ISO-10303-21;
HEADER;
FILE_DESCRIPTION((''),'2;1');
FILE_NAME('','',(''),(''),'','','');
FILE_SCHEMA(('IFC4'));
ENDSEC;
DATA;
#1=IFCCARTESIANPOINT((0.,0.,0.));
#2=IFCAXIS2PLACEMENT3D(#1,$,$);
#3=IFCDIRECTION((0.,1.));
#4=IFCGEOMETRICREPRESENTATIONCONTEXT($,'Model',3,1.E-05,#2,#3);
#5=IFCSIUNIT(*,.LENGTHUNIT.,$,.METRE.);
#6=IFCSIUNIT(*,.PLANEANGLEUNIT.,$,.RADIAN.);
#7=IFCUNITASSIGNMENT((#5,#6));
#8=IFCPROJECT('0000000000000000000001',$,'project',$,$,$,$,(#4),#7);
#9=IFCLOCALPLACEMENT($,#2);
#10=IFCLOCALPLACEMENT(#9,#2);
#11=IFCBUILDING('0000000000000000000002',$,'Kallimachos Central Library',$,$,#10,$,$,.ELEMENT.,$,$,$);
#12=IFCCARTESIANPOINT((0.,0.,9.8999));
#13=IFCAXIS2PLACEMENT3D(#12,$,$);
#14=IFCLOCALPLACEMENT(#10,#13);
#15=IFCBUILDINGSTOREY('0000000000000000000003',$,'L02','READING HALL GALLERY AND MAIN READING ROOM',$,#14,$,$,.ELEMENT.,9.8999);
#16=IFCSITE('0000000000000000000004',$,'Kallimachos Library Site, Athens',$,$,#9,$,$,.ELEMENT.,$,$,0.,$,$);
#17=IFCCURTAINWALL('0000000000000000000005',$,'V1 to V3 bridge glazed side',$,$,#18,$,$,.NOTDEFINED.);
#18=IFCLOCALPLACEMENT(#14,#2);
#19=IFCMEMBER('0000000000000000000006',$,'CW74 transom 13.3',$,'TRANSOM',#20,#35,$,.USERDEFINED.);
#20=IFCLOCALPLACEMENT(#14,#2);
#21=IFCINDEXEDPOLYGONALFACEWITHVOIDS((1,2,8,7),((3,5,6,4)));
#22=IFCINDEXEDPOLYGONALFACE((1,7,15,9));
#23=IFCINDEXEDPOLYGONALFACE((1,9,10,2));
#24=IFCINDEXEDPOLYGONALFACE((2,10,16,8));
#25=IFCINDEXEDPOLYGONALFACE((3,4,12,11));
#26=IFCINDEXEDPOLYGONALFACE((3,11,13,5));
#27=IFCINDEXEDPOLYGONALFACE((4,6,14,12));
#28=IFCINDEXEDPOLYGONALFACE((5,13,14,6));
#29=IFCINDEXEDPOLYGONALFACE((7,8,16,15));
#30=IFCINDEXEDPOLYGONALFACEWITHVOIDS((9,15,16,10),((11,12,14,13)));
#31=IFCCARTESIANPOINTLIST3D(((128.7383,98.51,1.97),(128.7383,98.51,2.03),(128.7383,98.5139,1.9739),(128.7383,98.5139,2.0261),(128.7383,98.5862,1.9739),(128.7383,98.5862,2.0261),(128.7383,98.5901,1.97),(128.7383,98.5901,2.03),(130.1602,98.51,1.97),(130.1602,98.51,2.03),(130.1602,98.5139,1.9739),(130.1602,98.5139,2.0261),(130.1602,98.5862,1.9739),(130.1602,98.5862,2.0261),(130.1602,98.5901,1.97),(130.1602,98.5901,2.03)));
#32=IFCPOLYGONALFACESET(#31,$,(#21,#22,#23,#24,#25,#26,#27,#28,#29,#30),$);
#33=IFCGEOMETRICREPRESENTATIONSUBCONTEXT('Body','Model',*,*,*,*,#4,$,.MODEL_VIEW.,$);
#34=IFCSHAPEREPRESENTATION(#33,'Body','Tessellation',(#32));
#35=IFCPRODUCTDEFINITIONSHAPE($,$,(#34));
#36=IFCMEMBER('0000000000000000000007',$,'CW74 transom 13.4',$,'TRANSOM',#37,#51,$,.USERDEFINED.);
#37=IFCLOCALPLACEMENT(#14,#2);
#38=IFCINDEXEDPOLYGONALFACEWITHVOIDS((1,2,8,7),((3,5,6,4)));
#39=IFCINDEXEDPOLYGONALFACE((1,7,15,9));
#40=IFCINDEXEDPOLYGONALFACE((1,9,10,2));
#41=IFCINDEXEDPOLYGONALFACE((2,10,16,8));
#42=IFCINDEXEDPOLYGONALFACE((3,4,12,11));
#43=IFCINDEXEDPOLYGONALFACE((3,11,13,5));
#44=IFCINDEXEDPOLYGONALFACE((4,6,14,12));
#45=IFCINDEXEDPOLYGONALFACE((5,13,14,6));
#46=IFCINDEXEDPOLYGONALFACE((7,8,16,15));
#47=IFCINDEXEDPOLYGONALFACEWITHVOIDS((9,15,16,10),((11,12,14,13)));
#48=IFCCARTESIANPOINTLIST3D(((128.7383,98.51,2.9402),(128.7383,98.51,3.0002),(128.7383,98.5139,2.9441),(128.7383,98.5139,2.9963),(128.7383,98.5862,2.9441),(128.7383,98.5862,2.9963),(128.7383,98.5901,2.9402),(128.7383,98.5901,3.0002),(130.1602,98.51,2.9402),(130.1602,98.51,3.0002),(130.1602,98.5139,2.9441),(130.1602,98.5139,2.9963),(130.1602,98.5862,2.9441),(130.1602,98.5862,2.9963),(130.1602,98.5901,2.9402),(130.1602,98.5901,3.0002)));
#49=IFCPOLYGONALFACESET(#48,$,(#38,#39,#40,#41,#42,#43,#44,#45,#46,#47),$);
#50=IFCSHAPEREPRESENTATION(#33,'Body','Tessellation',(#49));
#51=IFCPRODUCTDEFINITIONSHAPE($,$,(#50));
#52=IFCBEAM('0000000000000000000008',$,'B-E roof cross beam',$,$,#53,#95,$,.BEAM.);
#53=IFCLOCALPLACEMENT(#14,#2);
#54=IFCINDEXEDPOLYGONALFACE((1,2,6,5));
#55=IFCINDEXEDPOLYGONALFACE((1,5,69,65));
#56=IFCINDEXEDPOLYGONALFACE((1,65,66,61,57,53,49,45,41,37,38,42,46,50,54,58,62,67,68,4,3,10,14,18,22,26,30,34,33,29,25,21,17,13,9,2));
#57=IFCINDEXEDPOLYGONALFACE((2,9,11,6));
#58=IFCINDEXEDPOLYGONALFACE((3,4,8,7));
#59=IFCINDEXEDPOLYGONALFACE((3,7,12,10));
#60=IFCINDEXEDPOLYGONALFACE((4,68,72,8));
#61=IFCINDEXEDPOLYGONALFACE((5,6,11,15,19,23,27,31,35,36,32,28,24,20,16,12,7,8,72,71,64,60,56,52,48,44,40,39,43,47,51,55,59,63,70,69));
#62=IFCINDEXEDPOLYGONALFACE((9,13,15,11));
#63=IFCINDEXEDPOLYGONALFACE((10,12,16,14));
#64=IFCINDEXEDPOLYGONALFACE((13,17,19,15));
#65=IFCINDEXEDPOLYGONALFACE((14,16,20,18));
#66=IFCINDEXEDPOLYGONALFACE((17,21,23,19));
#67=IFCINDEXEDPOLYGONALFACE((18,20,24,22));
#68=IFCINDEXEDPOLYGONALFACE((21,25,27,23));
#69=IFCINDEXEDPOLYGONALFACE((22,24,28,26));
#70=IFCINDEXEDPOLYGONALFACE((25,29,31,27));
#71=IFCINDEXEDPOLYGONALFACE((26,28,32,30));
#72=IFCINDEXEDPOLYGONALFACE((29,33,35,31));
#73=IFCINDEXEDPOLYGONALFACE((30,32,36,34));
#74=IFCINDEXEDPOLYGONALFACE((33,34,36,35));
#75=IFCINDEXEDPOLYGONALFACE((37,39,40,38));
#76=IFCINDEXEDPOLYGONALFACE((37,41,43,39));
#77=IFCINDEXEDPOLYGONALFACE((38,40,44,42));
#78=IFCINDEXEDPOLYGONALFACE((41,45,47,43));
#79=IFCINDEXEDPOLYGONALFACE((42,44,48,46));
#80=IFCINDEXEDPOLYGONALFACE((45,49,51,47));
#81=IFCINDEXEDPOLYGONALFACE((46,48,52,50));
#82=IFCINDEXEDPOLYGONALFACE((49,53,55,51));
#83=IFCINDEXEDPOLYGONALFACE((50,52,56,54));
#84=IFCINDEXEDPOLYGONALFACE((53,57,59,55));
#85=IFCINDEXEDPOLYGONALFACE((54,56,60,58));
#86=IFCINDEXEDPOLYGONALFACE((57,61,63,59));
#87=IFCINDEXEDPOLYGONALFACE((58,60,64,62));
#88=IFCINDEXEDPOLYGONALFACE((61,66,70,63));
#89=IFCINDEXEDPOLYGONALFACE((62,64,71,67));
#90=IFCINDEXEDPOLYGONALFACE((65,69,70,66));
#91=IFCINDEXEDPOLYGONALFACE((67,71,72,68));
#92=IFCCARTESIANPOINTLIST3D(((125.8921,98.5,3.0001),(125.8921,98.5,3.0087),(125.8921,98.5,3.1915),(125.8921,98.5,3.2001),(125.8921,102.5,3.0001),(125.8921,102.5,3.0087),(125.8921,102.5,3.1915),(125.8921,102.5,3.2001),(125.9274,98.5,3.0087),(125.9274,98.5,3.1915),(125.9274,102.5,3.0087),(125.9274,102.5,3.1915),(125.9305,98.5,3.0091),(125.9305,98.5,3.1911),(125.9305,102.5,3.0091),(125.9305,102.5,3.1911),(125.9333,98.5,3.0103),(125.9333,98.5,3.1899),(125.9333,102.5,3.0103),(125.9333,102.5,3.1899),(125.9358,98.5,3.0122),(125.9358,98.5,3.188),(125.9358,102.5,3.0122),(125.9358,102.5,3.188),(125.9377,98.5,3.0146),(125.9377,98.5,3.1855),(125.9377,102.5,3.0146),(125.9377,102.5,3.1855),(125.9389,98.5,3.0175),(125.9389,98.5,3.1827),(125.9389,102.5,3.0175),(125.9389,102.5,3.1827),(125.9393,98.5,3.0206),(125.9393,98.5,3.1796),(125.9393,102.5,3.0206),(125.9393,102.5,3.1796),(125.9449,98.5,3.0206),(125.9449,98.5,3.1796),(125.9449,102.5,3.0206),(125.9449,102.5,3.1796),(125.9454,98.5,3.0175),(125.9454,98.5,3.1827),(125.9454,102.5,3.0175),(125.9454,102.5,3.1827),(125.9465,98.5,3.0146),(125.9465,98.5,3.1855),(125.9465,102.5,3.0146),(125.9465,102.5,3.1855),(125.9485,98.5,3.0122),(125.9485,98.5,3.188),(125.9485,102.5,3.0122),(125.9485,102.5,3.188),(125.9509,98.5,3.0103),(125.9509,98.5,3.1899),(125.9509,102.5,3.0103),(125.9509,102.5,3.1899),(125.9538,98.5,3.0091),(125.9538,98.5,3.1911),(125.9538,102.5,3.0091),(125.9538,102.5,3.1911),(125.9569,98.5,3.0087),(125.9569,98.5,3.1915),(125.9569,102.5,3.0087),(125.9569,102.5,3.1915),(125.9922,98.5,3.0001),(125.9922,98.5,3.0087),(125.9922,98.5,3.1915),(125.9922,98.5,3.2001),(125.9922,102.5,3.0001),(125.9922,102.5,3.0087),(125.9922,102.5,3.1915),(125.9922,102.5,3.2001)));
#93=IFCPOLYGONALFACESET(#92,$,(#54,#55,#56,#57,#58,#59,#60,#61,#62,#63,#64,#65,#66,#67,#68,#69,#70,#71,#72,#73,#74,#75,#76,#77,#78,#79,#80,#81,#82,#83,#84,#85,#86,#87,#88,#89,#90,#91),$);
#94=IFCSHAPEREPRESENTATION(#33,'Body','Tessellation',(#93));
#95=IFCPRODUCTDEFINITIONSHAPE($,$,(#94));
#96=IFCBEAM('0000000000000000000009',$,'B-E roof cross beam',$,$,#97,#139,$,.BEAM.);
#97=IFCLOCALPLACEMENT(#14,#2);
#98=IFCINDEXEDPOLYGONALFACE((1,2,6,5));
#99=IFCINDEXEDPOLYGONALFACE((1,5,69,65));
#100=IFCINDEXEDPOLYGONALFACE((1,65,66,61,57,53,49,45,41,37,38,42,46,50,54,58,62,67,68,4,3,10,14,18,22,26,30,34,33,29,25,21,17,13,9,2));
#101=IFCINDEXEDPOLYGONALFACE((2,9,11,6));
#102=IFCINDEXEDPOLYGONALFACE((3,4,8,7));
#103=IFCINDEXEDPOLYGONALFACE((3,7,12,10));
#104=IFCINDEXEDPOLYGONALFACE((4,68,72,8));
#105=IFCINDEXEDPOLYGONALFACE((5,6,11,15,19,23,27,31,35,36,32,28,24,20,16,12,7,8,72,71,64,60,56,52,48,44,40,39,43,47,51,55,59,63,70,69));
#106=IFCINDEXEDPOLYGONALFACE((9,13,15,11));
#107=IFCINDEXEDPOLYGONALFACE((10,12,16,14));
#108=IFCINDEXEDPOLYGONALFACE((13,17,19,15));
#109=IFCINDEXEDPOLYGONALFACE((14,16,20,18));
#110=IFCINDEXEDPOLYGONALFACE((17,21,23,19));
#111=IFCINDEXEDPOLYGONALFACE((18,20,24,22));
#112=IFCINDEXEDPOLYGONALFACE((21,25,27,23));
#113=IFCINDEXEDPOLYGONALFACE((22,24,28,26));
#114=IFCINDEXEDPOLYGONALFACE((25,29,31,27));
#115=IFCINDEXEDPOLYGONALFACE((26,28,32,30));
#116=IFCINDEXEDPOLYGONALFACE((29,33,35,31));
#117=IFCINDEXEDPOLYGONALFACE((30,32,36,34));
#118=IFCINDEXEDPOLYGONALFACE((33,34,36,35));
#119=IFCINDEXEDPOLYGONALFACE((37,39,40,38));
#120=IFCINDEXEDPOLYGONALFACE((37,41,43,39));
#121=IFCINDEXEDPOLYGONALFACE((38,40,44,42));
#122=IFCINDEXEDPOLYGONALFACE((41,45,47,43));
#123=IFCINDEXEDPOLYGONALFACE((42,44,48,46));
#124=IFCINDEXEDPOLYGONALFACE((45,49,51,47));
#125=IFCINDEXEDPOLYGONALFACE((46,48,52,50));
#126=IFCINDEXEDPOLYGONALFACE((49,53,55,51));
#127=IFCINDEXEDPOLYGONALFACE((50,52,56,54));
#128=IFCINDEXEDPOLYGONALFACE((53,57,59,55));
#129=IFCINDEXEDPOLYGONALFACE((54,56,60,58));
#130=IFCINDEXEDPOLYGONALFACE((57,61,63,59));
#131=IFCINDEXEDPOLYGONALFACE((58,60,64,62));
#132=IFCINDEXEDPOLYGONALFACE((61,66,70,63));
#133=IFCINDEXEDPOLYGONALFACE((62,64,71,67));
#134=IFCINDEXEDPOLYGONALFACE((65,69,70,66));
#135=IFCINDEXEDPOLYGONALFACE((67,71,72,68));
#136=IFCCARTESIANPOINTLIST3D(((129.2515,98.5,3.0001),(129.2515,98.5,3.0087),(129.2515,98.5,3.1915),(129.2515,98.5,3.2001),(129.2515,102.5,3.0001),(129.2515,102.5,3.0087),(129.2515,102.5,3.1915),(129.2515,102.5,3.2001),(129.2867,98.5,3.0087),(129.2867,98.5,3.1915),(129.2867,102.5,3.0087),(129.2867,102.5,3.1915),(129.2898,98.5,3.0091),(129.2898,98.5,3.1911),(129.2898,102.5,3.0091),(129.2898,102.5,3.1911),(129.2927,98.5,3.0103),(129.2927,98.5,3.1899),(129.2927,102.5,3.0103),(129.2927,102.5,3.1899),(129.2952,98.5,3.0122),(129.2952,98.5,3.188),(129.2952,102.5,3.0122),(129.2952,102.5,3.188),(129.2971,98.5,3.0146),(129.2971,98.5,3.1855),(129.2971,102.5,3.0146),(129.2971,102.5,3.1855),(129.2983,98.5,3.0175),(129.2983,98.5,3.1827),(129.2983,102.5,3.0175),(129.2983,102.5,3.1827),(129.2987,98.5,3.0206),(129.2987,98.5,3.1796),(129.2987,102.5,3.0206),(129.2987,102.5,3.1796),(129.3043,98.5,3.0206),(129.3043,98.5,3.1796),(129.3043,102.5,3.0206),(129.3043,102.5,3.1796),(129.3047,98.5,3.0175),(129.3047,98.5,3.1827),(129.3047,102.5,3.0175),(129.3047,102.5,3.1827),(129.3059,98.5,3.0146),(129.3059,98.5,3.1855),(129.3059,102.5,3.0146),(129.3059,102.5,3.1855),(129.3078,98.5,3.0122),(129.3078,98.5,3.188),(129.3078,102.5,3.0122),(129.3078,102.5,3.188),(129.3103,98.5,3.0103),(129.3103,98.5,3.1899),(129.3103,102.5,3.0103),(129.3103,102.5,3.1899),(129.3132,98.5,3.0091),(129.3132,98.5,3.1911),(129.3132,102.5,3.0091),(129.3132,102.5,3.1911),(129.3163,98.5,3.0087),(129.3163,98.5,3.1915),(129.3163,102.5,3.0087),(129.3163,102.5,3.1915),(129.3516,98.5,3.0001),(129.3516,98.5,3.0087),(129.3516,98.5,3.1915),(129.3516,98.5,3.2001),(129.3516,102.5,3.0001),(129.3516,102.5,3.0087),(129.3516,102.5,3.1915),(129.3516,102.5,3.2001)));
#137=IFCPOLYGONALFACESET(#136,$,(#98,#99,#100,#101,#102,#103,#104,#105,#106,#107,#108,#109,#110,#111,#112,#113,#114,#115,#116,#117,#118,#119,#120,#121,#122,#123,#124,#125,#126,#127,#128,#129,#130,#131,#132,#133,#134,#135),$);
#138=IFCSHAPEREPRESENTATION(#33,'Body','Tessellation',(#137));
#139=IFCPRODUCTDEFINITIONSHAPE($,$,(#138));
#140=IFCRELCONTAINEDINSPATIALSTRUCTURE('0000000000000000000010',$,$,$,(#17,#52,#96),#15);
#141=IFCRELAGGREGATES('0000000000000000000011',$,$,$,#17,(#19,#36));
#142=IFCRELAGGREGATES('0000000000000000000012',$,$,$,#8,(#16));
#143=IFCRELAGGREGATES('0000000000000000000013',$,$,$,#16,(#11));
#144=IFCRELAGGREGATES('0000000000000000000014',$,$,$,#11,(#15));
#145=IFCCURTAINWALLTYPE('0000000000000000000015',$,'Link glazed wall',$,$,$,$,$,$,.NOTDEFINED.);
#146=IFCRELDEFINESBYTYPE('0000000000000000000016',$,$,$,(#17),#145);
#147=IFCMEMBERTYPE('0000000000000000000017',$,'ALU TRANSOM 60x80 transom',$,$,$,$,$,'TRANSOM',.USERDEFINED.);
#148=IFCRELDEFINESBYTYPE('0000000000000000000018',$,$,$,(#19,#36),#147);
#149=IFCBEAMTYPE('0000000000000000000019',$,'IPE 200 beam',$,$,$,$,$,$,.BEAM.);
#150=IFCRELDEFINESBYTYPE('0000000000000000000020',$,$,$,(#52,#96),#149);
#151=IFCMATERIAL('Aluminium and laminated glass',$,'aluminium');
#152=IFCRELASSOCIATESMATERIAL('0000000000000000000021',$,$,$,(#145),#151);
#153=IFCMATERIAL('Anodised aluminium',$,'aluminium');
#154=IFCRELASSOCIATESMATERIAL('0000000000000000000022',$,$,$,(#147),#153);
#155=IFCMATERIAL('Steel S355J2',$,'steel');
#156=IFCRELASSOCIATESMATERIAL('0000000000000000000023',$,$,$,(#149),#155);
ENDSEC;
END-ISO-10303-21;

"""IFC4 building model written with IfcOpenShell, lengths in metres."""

from ifc_helpers import new_model, si_unit, direction, frame, origin, origin_2d, place, context, subcontext, project, spatial, hollow_rectangle, i_section, extrude, material, material_profile, profile_set, type_object, element, aggregate, save


model = new_model("IFC4")

# Units and contexts
model_context = context("Model", 3, precision=1e-05, world=origin(), true_north=direction((0.0, 1.0)))
body_context = subcontext(model_context, "Body", "Model", "MODEL_VIEW")
ifc_project = project(units=[si_unit("LENGTHUNIT", "METRE"), si_unit("PLANEANGLEUNIT", "RADIAN")], contexts=[model_context])

# Site, building, storey
site_placement = place(None, origin())
site = spatial("IfcSite", under=ifc_project, at=site_placement, Name="Kallimachos Library Site, Athens", CompositionType="ELEMENT", RefElevation=0.0)
building_placement = place(site_placement, origin())
building = spatial("IfcBuilding", under=site, at=building_placement, Name="Kallimachos Central Library", CompositionType="ELEMENT")
storey_placement = place(building_placement, frame((0.0, 0.0, 9.8999)))
storey = spatial("IfcBuildingStorey", under=building, at=storey_placement, Name="L02", Description="READING HALL GALLERY AND MAIN READING ROOM", CompositionType="ELEMENT", Elevation=9.8999)

# Curtain wall, members
ifc_material_1 = material(Name="Aluminium and laminated glass", Category="aluminium")
curtain_wall_type = type_object("IfcCurtainWallType", Name="Link glazed wall", PredefinedType="NOTDEFINED", material=ifc_material_1)
curtain_wall_placement = place(storey_placement, origin())
curtain_wall = element("IfcCurtainWall", 1, at=curtain_wall_placement, inside=storey, type_object=curtain_wall_type, Name="V1 to V3 bridge glazed side", PredefinedType="NOTDEFINED")
ifc_material_2 = material(Name="Anodised aluminium", Category="aluminium")
ifc_material_profile_1 = material_profile(ifc_material_2, hollow_rectangle(XDim=0.0601, YDim=0.0801, WallThickness=0.0039, at=origin_2d()), Name="ALU TRANSOM 60x80")
ifc_profile_set_1 = profile_set([ifc_material_profile_1], Name="Anodised aluminium")
member_type_1 = type_object("IfcMemberType", Name="ALU TRANSOM 60x80 transom", ElementType="TRANSOM", PredefinedType="USERDEFINED", material=ifc_profile_set_1)
member_1_placement = place(storey_placement, frame((128.7383, 98.55, 2.0), z_axis=(1.0, 0.0, 0.0), x_axis=(0.0, 0.0, 1.0)))
member_1 = element("IfcMember", 2, at=member_1_placement, type_object=member_type_1, Name="CW74 transom 13.3", ObjectType="TRANSOM", PredefinedType="USERDEFINED", context=body_context, shape_type="SweptSolid", body=[
    extrude(hollow_rectangle(XDim=0.0601, YDim=0.0801, WallThickness=0.0039, at=origin_2d()), origin(), (0.0, 0.0, 1.0), 1.4219),
])
member_2_placement = place(storey_placement, frame((128.7383, 98.55, 2.9702), z_axis=(1.0, 0.0, 0.0), x_axis=(0.0, 0.0, 1.0)))
member_2 = element("IfcMember", 3, at=member_2_placement, type_object=member_type_1, Name="CW74 transom 13.4", ObjectType="TRANSOM", PredefinedType="USERDEFINED", context=body_context, shape_type="SweptSolid", body=[
    extrude(hollow_rectangle(XDim=0.0601, YDim=0.0801, WallThickness=0.0039, at=origin_2d()), origin(), (0.0, 0.0, 1.0), 1.4219),
])

# Beams
ifc_material_3 = material(Name="Steel S355J2", Category="steel")
ifc_material_profile_2 = material_profile(ifc_material_3, i_section(OverallWidth=0.1001, OverallDepth=0.2, WebThickness=0.0056, FlangeThickness=0.0085, FilletRadius=0.012, at=origin_2d()), Name="IPE 200")
ifc_profile_set_2 = profile_set([ifc_material_profile_2], Name="Steel S355J2")
beam_type = type_object("IfcBeamType", Name="IPE 200 beam", PredefinedType="BEAM", material=ifc_profile_set_2)
for number, where, z_axis, x_axis, name in (
    (4, (125.9421, 98.5, 3.1001), (0.0, 1.0, 0.0), (-1.0, 0.0, 0.0), "B-E roof cross beam"),
    (5, (129.3015, 98.5, 3.1001), (0.0, 1.0, 0.0), (-1.0, 0.0, 0.0), "B-E roof cross beam"),
):
    element("IfcBeam", number, at=place(storey_placement, frame(where, z_axis=z_axis, x_axis=x_axis)), inside=storey, type_object=beam_type, Name=name, PredefinedType="BEAM", context=body_context, shape_type="SweptSolid", body=[
        extrude(i_section(OverallWidth=0.1001, OverallDepth=0.2, WebThickness=0.0056, FlangeThickness=0.0085, FilletRadius=0.012, at=origin_2d()), origin(), (0.0, 0.0, 1.0), 4.0),
    ])

aggregate(curtain_wall, [member_1, member_2])

save(model, "model.ifc")
